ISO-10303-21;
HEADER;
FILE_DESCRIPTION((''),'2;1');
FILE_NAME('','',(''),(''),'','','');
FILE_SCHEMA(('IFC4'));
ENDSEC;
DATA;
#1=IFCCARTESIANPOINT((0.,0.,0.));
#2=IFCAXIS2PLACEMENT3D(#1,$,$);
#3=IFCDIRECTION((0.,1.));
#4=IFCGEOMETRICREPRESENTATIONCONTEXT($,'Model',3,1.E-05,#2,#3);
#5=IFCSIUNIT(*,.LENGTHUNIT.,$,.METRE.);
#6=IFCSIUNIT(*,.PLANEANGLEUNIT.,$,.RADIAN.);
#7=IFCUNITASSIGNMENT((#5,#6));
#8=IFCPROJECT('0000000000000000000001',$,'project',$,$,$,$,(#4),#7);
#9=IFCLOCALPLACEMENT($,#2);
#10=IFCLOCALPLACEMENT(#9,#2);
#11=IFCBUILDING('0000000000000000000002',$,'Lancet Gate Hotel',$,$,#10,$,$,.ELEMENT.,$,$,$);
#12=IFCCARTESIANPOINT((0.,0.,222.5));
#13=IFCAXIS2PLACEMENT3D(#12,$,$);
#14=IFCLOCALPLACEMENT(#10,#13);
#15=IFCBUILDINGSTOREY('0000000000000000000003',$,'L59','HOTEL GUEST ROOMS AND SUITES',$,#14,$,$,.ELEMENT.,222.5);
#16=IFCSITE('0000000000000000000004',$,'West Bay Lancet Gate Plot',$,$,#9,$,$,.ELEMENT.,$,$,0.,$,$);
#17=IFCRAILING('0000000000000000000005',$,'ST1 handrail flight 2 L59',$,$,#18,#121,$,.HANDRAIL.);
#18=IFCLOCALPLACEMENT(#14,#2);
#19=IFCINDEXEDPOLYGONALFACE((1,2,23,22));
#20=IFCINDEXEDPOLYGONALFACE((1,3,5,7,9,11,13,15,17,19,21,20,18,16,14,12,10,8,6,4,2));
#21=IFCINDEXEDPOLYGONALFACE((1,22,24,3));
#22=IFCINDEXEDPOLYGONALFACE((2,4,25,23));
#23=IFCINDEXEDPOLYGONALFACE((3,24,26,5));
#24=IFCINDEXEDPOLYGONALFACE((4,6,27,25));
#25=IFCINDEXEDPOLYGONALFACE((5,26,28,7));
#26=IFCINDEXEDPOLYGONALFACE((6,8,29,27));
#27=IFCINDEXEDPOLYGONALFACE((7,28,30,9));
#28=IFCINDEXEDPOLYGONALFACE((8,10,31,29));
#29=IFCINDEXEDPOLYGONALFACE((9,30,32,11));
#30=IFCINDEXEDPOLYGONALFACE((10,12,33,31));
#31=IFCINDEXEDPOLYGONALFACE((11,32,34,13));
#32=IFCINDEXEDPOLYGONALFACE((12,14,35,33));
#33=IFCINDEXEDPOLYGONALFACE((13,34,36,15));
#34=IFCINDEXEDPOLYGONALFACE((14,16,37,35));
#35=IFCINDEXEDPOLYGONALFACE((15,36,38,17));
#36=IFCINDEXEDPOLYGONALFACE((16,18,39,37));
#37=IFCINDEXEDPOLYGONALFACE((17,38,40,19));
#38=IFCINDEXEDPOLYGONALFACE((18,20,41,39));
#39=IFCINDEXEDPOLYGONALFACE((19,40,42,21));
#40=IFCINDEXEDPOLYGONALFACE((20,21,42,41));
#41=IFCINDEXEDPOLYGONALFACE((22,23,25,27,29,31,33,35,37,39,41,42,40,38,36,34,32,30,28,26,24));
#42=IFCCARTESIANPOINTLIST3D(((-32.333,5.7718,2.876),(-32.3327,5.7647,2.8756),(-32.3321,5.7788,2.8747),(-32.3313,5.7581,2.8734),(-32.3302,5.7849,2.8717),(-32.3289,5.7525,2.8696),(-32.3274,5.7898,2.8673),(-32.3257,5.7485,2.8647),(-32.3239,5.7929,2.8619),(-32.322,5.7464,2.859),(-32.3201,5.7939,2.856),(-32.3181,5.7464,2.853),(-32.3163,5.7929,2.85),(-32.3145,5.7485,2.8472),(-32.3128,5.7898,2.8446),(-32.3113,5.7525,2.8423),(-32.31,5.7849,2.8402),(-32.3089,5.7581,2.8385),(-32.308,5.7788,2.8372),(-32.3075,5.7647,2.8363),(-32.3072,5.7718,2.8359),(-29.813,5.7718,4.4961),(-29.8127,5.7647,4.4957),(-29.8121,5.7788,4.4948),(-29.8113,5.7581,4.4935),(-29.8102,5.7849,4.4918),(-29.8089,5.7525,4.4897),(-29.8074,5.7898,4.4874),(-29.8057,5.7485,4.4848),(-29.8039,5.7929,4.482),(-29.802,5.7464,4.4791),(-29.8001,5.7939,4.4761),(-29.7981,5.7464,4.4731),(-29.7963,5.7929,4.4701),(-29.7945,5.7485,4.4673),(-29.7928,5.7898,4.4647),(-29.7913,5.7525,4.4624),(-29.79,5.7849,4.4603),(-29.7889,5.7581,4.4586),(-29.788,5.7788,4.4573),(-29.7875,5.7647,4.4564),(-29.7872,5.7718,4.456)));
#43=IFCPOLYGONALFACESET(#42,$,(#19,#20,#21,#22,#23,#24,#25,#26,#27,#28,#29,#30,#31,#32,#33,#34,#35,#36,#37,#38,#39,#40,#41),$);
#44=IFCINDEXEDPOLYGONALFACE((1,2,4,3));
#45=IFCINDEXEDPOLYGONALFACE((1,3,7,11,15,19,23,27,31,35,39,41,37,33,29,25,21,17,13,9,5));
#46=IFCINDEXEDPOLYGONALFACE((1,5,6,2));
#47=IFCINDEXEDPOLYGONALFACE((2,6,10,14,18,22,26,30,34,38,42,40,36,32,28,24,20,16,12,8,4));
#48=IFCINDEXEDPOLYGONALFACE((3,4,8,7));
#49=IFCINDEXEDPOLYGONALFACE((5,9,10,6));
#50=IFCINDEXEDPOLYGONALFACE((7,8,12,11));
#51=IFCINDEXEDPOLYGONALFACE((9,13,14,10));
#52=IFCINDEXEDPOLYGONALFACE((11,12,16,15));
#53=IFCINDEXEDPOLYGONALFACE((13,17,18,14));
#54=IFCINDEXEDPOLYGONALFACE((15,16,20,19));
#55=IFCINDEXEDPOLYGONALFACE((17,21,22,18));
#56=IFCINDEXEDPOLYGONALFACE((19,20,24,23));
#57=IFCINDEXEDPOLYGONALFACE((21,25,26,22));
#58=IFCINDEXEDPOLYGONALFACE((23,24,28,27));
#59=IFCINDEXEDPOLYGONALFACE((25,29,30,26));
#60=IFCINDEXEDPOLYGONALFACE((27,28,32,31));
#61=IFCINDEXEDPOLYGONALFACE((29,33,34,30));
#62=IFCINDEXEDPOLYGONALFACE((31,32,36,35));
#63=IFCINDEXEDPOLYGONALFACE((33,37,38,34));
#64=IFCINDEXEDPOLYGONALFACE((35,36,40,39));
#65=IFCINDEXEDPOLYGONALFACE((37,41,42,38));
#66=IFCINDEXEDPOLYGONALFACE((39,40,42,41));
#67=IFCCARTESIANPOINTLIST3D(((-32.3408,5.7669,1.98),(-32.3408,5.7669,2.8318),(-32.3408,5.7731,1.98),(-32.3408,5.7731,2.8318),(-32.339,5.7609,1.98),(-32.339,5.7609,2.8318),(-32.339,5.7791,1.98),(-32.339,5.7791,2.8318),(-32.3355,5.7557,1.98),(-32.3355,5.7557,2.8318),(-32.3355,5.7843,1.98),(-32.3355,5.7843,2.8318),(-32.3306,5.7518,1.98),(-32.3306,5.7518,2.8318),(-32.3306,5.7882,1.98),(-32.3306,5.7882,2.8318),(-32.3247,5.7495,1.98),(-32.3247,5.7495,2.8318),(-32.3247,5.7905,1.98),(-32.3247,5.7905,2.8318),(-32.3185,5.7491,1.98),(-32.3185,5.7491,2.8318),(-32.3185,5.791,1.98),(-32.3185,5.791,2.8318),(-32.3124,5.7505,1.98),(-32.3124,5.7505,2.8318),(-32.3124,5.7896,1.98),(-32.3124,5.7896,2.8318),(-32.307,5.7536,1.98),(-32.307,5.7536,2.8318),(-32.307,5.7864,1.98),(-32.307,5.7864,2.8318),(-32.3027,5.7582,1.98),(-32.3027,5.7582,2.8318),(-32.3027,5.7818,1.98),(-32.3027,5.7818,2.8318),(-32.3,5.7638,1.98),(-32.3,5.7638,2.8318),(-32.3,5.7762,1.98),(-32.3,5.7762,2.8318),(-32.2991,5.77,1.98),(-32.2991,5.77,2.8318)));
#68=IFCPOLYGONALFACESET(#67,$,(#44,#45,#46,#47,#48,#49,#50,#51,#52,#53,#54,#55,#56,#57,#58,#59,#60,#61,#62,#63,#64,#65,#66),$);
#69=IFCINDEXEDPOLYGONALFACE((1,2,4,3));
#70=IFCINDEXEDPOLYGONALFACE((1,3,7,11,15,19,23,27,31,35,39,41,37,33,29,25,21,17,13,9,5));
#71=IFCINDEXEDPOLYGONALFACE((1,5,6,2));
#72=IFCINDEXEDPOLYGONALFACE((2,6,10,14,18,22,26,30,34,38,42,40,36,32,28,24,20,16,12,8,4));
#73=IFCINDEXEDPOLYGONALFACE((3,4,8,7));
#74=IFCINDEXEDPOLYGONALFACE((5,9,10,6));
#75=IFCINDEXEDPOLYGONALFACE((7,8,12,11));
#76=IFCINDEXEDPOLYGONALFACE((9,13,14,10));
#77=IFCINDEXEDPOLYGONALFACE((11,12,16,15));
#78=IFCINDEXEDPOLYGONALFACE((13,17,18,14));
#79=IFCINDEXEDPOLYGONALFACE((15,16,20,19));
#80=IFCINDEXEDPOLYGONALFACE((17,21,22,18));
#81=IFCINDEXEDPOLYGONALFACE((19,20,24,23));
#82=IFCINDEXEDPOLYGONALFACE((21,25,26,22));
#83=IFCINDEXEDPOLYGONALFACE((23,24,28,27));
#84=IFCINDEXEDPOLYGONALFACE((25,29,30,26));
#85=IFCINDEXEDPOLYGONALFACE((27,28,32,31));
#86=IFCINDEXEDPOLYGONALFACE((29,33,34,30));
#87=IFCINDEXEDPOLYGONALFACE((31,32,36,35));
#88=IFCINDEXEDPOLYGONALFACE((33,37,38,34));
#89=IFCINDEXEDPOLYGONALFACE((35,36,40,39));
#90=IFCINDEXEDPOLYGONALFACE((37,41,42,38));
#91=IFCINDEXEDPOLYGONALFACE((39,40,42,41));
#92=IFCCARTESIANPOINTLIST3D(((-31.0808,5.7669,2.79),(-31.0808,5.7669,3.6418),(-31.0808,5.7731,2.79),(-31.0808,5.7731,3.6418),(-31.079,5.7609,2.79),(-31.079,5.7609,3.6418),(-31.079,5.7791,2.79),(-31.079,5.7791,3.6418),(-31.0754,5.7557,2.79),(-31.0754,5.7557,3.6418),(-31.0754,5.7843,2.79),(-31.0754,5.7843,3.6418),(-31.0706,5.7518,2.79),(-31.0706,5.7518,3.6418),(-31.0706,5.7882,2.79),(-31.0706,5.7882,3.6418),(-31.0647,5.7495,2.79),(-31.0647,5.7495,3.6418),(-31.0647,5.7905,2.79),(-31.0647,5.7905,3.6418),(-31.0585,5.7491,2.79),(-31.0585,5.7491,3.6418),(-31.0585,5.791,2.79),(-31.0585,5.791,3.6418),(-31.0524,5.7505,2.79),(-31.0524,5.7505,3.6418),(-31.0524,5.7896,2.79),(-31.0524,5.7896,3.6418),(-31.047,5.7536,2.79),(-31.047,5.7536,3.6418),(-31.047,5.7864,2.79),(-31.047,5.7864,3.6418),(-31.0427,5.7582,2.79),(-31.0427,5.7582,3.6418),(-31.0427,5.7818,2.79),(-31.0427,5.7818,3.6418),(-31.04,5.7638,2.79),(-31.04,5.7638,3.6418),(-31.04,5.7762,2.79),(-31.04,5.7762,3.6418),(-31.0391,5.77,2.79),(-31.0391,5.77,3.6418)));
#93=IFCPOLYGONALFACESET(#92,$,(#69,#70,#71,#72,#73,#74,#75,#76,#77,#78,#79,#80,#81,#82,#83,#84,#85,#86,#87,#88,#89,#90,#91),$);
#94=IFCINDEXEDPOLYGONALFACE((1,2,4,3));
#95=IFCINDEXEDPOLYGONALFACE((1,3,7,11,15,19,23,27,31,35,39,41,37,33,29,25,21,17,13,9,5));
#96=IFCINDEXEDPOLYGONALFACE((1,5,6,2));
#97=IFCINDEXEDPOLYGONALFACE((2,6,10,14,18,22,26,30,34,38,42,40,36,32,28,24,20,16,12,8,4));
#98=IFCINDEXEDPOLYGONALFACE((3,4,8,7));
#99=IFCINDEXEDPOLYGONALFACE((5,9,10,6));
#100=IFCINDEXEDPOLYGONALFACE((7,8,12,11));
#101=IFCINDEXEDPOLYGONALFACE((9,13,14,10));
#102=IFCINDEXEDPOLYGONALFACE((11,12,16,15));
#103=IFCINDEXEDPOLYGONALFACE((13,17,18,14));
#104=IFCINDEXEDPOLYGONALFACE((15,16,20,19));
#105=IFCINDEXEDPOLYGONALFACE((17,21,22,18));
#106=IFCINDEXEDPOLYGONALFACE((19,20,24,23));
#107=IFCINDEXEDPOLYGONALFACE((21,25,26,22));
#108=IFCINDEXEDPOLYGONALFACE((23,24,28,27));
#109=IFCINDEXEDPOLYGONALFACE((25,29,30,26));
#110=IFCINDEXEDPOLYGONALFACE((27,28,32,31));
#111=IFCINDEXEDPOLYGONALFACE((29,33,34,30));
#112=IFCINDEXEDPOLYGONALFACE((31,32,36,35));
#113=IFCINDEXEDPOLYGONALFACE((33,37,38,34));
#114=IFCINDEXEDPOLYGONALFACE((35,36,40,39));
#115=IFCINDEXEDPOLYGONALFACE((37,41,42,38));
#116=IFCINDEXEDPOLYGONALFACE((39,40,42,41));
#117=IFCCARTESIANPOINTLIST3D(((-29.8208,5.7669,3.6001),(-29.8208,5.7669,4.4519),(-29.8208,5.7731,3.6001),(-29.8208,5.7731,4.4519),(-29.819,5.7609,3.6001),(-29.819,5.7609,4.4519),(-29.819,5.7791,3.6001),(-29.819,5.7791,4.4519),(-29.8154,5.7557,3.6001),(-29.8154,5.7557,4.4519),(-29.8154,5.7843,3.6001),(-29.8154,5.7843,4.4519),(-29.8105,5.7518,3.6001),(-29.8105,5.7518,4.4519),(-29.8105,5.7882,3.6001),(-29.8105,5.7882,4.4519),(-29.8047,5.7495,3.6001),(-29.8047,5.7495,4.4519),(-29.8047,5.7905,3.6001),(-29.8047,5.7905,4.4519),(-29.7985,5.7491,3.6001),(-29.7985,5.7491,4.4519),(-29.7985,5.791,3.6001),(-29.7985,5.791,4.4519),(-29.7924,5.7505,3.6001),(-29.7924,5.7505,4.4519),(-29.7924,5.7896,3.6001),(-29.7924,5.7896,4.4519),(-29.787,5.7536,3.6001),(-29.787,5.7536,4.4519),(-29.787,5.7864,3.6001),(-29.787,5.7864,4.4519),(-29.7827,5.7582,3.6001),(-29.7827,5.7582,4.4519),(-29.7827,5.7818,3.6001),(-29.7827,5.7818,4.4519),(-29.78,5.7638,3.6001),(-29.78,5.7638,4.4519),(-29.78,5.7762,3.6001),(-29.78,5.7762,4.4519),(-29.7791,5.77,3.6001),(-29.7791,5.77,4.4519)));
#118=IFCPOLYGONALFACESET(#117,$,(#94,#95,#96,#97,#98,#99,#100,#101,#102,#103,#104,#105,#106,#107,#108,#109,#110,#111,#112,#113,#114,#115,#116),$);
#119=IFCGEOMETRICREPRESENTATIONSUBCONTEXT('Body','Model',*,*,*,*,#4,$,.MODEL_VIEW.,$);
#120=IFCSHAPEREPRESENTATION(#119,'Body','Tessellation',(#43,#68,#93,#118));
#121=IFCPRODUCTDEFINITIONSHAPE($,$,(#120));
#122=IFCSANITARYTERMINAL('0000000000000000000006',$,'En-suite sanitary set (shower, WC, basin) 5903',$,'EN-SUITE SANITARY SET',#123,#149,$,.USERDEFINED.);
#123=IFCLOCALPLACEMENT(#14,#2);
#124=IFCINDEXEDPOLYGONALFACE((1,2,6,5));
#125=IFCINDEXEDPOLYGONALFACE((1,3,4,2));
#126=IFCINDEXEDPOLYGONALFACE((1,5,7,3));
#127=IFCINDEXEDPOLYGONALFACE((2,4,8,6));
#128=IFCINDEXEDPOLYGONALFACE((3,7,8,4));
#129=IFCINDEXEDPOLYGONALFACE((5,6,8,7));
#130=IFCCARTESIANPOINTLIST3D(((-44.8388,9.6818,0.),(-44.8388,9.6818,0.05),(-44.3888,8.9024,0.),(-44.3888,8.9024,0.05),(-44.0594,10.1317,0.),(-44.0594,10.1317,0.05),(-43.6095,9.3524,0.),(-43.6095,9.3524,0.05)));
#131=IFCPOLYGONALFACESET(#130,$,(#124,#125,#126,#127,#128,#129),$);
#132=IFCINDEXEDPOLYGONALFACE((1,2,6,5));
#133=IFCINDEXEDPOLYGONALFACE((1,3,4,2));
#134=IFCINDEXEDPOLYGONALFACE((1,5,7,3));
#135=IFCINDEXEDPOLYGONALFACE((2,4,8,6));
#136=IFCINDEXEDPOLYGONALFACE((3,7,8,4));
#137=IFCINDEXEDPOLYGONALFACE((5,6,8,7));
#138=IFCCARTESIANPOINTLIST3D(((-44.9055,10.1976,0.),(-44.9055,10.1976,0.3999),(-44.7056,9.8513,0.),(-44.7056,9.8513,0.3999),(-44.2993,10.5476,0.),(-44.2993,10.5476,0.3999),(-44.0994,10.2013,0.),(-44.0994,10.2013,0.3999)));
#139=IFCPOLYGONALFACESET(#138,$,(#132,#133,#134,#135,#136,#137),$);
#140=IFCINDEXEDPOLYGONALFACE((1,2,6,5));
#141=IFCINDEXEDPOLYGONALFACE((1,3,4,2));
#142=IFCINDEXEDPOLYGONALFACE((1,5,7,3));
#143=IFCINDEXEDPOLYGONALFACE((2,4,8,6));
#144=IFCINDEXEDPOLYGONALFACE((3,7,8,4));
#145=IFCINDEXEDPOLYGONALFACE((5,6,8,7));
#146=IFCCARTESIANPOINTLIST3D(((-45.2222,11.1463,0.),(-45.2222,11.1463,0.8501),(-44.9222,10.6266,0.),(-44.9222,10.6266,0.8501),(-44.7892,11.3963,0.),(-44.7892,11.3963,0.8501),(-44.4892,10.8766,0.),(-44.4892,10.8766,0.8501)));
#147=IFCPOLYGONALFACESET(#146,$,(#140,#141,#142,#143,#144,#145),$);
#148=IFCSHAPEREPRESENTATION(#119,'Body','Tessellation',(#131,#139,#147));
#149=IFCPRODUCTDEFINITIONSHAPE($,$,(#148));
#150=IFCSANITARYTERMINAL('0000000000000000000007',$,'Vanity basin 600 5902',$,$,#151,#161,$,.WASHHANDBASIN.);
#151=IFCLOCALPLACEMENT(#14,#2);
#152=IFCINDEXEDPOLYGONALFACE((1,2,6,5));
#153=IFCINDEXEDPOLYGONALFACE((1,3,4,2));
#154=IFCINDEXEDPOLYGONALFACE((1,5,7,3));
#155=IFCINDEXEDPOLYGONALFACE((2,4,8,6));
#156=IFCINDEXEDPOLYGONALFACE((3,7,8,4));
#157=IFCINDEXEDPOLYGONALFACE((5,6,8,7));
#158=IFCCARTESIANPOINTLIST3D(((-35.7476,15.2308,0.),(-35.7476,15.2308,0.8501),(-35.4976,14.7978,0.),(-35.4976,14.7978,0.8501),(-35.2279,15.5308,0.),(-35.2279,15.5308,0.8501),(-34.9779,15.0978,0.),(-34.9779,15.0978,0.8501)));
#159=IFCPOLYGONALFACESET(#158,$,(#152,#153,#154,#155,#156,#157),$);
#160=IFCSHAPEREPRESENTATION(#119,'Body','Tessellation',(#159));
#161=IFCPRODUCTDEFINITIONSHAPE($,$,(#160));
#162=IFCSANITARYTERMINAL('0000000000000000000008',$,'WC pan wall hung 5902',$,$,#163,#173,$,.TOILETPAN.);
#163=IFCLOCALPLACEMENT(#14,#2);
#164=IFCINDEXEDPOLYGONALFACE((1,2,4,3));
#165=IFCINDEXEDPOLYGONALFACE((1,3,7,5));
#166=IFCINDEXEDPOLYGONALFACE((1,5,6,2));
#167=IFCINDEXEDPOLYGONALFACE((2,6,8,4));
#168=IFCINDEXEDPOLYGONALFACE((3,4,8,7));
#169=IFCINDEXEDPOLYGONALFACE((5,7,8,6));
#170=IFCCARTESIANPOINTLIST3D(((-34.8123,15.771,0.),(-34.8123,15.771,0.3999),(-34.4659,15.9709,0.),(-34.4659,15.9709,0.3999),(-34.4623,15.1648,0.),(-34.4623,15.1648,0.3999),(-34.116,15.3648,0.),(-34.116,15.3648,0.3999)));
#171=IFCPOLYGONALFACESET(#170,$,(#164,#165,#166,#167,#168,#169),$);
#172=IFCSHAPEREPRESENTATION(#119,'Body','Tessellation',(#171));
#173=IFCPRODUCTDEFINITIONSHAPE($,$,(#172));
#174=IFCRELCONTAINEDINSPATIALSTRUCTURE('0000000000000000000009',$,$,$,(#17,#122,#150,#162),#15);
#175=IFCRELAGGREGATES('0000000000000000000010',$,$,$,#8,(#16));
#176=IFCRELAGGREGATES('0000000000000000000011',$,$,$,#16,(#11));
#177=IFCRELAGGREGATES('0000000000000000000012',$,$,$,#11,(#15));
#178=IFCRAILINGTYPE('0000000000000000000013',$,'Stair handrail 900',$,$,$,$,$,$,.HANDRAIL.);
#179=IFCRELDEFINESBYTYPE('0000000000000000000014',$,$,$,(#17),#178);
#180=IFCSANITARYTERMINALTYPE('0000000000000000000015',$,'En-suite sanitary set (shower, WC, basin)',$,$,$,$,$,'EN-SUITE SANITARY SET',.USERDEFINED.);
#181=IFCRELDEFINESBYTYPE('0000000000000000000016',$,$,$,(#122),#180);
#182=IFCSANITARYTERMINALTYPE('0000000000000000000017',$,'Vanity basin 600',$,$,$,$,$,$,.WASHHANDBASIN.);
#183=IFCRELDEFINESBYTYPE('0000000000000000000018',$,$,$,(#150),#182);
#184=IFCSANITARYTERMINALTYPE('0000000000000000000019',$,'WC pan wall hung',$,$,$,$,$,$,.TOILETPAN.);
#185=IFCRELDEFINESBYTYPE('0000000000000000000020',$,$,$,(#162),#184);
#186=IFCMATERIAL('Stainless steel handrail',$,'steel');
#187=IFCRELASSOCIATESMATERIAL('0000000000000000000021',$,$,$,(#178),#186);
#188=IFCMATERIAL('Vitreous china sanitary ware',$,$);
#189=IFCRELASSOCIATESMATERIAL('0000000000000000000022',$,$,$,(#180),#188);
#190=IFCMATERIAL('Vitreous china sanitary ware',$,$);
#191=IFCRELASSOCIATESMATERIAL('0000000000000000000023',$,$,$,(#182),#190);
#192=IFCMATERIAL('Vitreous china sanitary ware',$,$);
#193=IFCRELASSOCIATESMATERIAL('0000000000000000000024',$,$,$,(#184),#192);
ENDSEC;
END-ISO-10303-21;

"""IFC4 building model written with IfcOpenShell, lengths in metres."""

from ifc_helpers import new_model, si_unit, direction, frame, origin, origin_2d, place, context, subcontext, project, spatial, rectangle, circle, extrude, material, type_object, element, save


model = new_model("IFC4")

# Units and contexts
model_context = context("Model", 3, precision=1e-05, world=origin(), true_north=direction((0.0, 1.0)))
body_context = subcontext(model_context, "Body", "Model", "MODEL_VIEW")
ifc_project = project(units=[si_unit("LENGTHUNIT", "METRE"), si_unit("PLANEANGLEUNIT", "RADIAN")], contexts=[model_context])

# Site, building, storey
site_placement = place(None, origin())
site = spatial("IfcSite", under=ifc_project, at=site_placement, Name="West Bay Lancet Gate Plot", CompositionType="ELEMENT", RefElevation=0.0)
building_placement = place(site_placement, origin())
building = spatial("IfcBuilding", under=site, at=building_placement, Name="Lancet Gate Hotel", CompositionType="ELEMENT")
storey_placement = place(building_placement, frame((0.0, 0.0, 222.5)))
storey = spatial("IfcBuildingStorey", under=building, at=storey_placement, Name="L59", Description="HOTEL GUEST ROOMS AND SUITES", CompositionType="ELEMENT", Elevation=222.5)

# Railing
ifc_material_1 = material(Name="Stainless steel handrail", Category="steel")
railing_type = type_object("IfcRailingType", Name="Stair handrail 900", PredefinedType="HANDRAIL", material=ifc_material_1)
railing_1_placement = place(storey_placement, frame((-32.3201, 5.77, 1.98)))
element("IfcRailing", 1, at=railing_1_placement, inside=storey, type_object=railing_type, Name="ST1 handrail flight 2 L59", PredefinedType="HANDRAIL", context=body_context, shape_type="SweptSolid", body=[
    extrude(circle(Radius=0.0239, at=origin_2d()), frame((0.0, 0.0, 0.876), z_axis=(0.841163, 0.0, 0.540782), x_axis=(0.0, 1.0, 0.0)), (0.0, 0.0, 1.0), 2.9958),
    extrude(circle(Radius=0.021, at=origin_2d()), origin(), (0.0, 0.0, 1.0), 0.8518),
    extrude(circle(Radius=0.021, at=origin_2d()), frame((1.26, 0.0, 0.8101)), (0.0, 0.0, 1.0), 0.8518),
    extrude(circle(Radius=0.021, at=origin_2d()), frame((2.52, 0.0, 1.6201)), (0.0, 0.0, 1.0), 0.8518),
])

# Sanitary terminals
ifc_material_2 = material(Name="Vitreous china sanitary ware")
sanitary_terminal_type_1 = type_object("IfcSanitaryTerminalType", Name="En-suite sanitary set (shower, WC, basin)", ElementType="EN-SUITE SANITARY SET", PredefinedType="USERDEFINED", material=ifc_material_2)
sanitary_terminal_1_placement = place(storey_placement, frame((-44.2241, 9.5171, 0.0), z_axis=(0.0, 0.0, 1.0), x_axis=(1.0, 0.0, 0.0)))
element("IfcSanitaryTerminal", 2, at=sanitary_terminal_1_placement, inside=storey, type_object=sanitary_terminal_type_1, Name="En-suite sanitary set (shower, WC, basin) 5903", ObjectType="EN-SUITE SANITARY SET", PredefinedType="USERDEFINED", context=body_context, shape_type="SweptSolid", body=[
    extrude(rectangle(XDim=0.8999, YDim=0.8999, at=origin_2d()), frame((0.0, 0.0, 0.0), z_axis=(0.0, 0.0, 1.0), x_axis=(0.5, -0.866025, 0.0)), (0.0, 0.0, 1.0), 0.05),
    extrude(rectangle(XDim=0.3999, YDim=0.7, at=origin_2d()), frame((-0.2783, 0.6824, 0.0), z_axis=(0.0, 0.0, 1.0), x_axis=(0.5, -0.866025, 0.0)), (0.0, 0.0, 1.0), 0.3999),
    extrude(rectangle(XDim=0.6001, YDim=0.5, at=origin_2d()), frame((-0.6316, 1.4944, 0.0), z_axis=(0.0, 0.0, 1.0), x_axis=(0.5, -0.866025, 0.0)), (0.0, 0.0, 1.0), 0.8501),
])
ifc_material_3 = material(Name="Vitreous china sanitary ware")
sanitary_terminal_type_2 = type_object("IfcSanitaryTerminalType", Name="Vanity basin 600", PredefinedType="WASHHANDBASIN", material=ifc_material_3)
sanitary_terminal_2_placement = place(storey_placement, frame((-35.3628, 15.1643, 0.0), z_axis=(0.0, 0.0, 1.0), x_axis=(0.866025, 0.5, 0.0)))
element("IfcSanitaryTerminal", 3, at=sanitary_terminal_2_placement, inside=storey, type_object=sanitary_terminal_type_2, Name="Vanity basin 600 5902", PredefinedType="WASHHANDBASIN", context=body_context, shape_type="SweptSolid", body=[
    extrude(rectangle(XDim=0.6001, YDim=0.5, at=origin_2d()), origin(), (0.0, 0.0, 1.0), 0.8501),
])
ifc_material_4 = material(Name="Vitreous china sanitary ware")
sanitary_terminal_type_3 = type_object("IfcSanitaryTerminalType", Name="WC pan wall hung", PredefinedType="TOILETPAN", material=ifc_material_4)
sanitary_terminal_3_placement = place(storey_placement, frame((-34.4641, 15.5679, 0.0), z_axis=(0.0, 0.0, 1.0), x_axis=(0.866025, 0.5, 0.0)))
element("IfcSanitaryTerminal", 4, at=sanitary_terminal_3_placement, inside=storey, type_object=sanitary_terminal_type_3, Name="WC pan wall hung 5902", PredefinedType="TOILETPAN", context=body_context, shape_type="SweptSolid", body=[
    extrude(rectangle(XDim=0.3999, YDim=0.7, at=origin_2d()), origin(), (0.0, 0.0, 1.0), 0.3999),
])

save(model, "model.ifc")
